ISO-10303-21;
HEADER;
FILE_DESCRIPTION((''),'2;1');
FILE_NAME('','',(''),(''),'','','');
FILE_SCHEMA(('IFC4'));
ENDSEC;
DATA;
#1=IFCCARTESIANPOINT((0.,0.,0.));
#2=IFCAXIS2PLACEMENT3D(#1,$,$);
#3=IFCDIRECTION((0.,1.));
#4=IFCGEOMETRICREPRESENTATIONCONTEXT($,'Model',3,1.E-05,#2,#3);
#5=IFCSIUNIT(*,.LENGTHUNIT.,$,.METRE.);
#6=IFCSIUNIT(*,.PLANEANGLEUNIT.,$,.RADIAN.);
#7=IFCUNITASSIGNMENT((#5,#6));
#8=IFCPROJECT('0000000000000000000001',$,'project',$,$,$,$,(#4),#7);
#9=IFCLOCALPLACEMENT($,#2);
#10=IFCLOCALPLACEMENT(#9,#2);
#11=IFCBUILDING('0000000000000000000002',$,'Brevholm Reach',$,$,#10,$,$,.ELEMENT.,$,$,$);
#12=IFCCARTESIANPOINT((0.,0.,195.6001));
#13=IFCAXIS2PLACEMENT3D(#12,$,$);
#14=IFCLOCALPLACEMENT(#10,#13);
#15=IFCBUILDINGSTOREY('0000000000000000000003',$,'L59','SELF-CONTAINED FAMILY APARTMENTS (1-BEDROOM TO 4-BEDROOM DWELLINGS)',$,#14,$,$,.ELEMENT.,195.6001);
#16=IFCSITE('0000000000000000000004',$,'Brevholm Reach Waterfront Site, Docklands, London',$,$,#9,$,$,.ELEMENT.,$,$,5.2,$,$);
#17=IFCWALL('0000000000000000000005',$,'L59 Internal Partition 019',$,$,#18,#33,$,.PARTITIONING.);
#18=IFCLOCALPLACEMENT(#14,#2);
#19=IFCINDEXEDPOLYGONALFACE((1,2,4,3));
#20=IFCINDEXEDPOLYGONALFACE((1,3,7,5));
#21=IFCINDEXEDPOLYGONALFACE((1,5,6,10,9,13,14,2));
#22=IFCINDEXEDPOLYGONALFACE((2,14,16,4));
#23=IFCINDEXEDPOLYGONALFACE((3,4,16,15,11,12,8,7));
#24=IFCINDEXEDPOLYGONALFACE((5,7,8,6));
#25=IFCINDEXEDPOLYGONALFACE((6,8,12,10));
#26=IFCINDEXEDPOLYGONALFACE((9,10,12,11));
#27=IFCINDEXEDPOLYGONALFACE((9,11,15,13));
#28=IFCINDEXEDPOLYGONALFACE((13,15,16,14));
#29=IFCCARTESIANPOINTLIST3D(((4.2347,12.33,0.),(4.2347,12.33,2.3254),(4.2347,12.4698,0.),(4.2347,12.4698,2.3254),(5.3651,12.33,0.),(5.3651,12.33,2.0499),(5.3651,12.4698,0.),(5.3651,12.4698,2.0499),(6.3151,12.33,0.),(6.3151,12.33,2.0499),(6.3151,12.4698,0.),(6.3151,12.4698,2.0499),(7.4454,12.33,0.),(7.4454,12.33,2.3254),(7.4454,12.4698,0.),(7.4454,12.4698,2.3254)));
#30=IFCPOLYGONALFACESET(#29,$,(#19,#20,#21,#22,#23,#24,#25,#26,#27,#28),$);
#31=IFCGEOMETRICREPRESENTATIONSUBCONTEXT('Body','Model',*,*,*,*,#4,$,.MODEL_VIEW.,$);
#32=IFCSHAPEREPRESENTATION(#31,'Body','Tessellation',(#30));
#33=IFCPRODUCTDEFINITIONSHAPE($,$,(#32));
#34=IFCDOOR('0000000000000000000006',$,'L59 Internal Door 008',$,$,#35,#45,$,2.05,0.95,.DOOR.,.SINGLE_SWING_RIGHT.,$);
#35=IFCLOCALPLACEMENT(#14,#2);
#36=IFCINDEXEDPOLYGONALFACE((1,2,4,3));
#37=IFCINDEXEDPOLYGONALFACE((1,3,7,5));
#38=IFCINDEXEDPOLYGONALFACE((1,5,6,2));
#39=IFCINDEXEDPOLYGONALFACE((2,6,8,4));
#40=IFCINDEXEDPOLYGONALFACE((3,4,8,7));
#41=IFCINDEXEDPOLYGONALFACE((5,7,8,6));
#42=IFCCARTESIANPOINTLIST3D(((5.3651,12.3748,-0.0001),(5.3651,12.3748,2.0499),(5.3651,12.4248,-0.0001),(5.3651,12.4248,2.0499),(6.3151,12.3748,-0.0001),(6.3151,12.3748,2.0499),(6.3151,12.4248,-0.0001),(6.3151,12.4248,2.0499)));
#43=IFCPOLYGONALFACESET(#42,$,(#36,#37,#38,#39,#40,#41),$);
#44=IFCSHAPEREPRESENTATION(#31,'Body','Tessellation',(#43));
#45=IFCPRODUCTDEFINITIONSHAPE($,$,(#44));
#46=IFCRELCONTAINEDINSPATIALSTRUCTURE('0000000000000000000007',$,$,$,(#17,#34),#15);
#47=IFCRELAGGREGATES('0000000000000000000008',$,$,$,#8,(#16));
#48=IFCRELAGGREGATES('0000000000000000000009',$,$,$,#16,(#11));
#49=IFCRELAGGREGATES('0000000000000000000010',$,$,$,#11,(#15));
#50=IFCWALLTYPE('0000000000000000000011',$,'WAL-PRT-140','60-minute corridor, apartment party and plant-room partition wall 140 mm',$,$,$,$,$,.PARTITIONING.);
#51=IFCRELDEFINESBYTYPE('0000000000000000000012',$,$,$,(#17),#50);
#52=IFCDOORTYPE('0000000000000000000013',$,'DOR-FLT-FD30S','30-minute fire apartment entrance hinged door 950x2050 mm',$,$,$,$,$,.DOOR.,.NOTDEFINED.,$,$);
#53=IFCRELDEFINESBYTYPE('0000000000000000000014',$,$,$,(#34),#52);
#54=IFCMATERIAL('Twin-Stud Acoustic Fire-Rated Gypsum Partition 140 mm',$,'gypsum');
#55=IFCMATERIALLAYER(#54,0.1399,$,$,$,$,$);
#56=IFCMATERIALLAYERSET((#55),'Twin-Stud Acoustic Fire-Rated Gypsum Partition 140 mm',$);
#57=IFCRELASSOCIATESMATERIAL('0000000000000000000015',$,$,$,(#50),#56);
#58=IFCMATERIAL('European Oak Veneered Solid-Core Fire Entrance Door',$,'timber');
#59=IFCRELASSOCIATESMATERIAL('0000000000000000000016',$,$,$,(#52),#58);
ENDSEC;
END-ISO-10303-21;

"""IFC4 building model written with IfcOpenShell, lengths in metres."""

from ifc_helpers import new_model, si_unit, direction, frame, frame_2d, origin, place, context, subcontext, project, spatial, rectangle, extrude, material, layer, layer_set, type_object, element, fill, save


model = new_model("IFC4")

# Units and contexts
model_context = context("Model", 3, precision=1e-05, world=origin(), true_north=direction((0.0, 1.0)))
body_context = subcontext(model_context, "Body", "Model", "MODEL_VIEW")
ifc_project = project(units=[si_unit("LENGTHUNIT", "METRE"), si_unit("PLANEANGLEUNIT", "RADIAN")], contexts=[model_context])

# Site, building, storey
site_placement = place(None, origin())
site = spatial("IfcSite", under=ifc_project, at=site_placement, Name="Brevholm Reach Waterfront Site, Docklands, London", CompositionType="ELEMENT", RefElevation=5.2)
building_placement = place(site_placement, origin())
building = spatial("IfcBuilding", under=site, at=building_placement, Name="Brevholm Reach", CompositionType="ELEMENT")
storey_placement = place(building_placement, frame((0.0, 0.0, 195.6001)))
storey = spatial("IfcBuildingStorey", under=building, at=storey_placement, Name="L59", Description="SELF-CONTAINED FAMILY APARTMENTS (1-BEDROOM TO 4-BEDROOM DWELLINGS)", CompositionType="ELEMENT", Elevation=195.6001)

# Shared definitions
ifc_material_1 = material(Name="Twin-Stud Acoustic Fire-Rated Gypsum Partition 140 mm", Category="gypsum")
ifc_layer_1 = layer(ifc_material_1, 0.1399)
ifc_layer_set_1 = layer_set([ifc_layer_1], Name="Twin-Stud Acoustic Fire-Rated Gypsum Partition 140 mm")
wall_type_1 = type_object("IfcWallType", Name="WAL-PRT-140", Description="60-minute corridor, apartment party and plant-room partition wall 140 mm", PredefinedType="PARTITIONING", material=ifc_layer_set_1)

# Shared definitions
ifc_material_2 = material(Name="European Oak Veneered Solid-Core Fire Entrance Door", Category="timber")
door_type_1 = type_object("IfcDoorType", Name="DOR-FLT-FD30S", Description="30-minute fire apartment entrance hinged door 950x2050 mm", OperationType="NOTDEFINED", PredefinedType="DOOR", material=ifc_material_2)

# Wall, opening, door
wall_1_placement = place(storey_placement, frame((4.2346, 12.3999, 0.0), z_axis=(0.0, 0.0, 1.0), x_axis=(1.0, 0.0, 0.0)))
wall_1 = element("IfcWall", 1, at=wall_1_placement, inside=storey, type_object=wall_type_1, Name="L59 Internal Partition 019", PredefinedType="PARTITIONING", context=body_context, shape_type="SweptSolid", body=[
    extrude(rectangle(XDim=3.2107, YDim=0.1399, at=frame_2d((1.6055, 0.0))), origin(), (0.0, 0.0, 1.0), 2.3254),
])
opening_1_placement = place(wall_1_placement, frame((1.1304, 0.0, 0.0)))
opening_1 = element("IfcOpeningElement", 2, at=opening_1_placement, cuts=wall_1, PredefinedType="OPENING", context=body_context, shape_type="SweptSolid", body=[
    extrude(rectangle(XDim=0.95, YDim=2.05, at=frame_2d((0.4751, 1.0249))), frame((0.0, 0.0798, 0.0), z_axis=(0.0, -1.0, 0.0), x_axis=(1.0, 0.0, 0.0)), (0.0, 0.0, 1.0), 0.1599),
])
door_1_placement = place(opening_1_placement, origin())
door_1 = element("IfcDoor", 3, at=door_1_placement, inside=storey, type_object=door_type_1, Name="L59 Internal Door 008", OperationType="SINGLE_SWING_RIGHT", OverallHeight=2.05, OverallWidth=0.95, PredefinedType="DOOR", context=body_context, shape_type="SweptSolid", body=[
    extrude(rectangle(XDim=0.95, YDim=2.05, at=frame_2d((0.4751, 1.0249))), frame((0.0, 0.0249, 0.0), z_axis=(0.0, -1.0, 0.0), x_axis=(1.0, 0.0, 0.0)), (0.0, 0.0, 1.0), 0.05),
])
fill(opening_1, door_1)

save(model, "model.ifc")
